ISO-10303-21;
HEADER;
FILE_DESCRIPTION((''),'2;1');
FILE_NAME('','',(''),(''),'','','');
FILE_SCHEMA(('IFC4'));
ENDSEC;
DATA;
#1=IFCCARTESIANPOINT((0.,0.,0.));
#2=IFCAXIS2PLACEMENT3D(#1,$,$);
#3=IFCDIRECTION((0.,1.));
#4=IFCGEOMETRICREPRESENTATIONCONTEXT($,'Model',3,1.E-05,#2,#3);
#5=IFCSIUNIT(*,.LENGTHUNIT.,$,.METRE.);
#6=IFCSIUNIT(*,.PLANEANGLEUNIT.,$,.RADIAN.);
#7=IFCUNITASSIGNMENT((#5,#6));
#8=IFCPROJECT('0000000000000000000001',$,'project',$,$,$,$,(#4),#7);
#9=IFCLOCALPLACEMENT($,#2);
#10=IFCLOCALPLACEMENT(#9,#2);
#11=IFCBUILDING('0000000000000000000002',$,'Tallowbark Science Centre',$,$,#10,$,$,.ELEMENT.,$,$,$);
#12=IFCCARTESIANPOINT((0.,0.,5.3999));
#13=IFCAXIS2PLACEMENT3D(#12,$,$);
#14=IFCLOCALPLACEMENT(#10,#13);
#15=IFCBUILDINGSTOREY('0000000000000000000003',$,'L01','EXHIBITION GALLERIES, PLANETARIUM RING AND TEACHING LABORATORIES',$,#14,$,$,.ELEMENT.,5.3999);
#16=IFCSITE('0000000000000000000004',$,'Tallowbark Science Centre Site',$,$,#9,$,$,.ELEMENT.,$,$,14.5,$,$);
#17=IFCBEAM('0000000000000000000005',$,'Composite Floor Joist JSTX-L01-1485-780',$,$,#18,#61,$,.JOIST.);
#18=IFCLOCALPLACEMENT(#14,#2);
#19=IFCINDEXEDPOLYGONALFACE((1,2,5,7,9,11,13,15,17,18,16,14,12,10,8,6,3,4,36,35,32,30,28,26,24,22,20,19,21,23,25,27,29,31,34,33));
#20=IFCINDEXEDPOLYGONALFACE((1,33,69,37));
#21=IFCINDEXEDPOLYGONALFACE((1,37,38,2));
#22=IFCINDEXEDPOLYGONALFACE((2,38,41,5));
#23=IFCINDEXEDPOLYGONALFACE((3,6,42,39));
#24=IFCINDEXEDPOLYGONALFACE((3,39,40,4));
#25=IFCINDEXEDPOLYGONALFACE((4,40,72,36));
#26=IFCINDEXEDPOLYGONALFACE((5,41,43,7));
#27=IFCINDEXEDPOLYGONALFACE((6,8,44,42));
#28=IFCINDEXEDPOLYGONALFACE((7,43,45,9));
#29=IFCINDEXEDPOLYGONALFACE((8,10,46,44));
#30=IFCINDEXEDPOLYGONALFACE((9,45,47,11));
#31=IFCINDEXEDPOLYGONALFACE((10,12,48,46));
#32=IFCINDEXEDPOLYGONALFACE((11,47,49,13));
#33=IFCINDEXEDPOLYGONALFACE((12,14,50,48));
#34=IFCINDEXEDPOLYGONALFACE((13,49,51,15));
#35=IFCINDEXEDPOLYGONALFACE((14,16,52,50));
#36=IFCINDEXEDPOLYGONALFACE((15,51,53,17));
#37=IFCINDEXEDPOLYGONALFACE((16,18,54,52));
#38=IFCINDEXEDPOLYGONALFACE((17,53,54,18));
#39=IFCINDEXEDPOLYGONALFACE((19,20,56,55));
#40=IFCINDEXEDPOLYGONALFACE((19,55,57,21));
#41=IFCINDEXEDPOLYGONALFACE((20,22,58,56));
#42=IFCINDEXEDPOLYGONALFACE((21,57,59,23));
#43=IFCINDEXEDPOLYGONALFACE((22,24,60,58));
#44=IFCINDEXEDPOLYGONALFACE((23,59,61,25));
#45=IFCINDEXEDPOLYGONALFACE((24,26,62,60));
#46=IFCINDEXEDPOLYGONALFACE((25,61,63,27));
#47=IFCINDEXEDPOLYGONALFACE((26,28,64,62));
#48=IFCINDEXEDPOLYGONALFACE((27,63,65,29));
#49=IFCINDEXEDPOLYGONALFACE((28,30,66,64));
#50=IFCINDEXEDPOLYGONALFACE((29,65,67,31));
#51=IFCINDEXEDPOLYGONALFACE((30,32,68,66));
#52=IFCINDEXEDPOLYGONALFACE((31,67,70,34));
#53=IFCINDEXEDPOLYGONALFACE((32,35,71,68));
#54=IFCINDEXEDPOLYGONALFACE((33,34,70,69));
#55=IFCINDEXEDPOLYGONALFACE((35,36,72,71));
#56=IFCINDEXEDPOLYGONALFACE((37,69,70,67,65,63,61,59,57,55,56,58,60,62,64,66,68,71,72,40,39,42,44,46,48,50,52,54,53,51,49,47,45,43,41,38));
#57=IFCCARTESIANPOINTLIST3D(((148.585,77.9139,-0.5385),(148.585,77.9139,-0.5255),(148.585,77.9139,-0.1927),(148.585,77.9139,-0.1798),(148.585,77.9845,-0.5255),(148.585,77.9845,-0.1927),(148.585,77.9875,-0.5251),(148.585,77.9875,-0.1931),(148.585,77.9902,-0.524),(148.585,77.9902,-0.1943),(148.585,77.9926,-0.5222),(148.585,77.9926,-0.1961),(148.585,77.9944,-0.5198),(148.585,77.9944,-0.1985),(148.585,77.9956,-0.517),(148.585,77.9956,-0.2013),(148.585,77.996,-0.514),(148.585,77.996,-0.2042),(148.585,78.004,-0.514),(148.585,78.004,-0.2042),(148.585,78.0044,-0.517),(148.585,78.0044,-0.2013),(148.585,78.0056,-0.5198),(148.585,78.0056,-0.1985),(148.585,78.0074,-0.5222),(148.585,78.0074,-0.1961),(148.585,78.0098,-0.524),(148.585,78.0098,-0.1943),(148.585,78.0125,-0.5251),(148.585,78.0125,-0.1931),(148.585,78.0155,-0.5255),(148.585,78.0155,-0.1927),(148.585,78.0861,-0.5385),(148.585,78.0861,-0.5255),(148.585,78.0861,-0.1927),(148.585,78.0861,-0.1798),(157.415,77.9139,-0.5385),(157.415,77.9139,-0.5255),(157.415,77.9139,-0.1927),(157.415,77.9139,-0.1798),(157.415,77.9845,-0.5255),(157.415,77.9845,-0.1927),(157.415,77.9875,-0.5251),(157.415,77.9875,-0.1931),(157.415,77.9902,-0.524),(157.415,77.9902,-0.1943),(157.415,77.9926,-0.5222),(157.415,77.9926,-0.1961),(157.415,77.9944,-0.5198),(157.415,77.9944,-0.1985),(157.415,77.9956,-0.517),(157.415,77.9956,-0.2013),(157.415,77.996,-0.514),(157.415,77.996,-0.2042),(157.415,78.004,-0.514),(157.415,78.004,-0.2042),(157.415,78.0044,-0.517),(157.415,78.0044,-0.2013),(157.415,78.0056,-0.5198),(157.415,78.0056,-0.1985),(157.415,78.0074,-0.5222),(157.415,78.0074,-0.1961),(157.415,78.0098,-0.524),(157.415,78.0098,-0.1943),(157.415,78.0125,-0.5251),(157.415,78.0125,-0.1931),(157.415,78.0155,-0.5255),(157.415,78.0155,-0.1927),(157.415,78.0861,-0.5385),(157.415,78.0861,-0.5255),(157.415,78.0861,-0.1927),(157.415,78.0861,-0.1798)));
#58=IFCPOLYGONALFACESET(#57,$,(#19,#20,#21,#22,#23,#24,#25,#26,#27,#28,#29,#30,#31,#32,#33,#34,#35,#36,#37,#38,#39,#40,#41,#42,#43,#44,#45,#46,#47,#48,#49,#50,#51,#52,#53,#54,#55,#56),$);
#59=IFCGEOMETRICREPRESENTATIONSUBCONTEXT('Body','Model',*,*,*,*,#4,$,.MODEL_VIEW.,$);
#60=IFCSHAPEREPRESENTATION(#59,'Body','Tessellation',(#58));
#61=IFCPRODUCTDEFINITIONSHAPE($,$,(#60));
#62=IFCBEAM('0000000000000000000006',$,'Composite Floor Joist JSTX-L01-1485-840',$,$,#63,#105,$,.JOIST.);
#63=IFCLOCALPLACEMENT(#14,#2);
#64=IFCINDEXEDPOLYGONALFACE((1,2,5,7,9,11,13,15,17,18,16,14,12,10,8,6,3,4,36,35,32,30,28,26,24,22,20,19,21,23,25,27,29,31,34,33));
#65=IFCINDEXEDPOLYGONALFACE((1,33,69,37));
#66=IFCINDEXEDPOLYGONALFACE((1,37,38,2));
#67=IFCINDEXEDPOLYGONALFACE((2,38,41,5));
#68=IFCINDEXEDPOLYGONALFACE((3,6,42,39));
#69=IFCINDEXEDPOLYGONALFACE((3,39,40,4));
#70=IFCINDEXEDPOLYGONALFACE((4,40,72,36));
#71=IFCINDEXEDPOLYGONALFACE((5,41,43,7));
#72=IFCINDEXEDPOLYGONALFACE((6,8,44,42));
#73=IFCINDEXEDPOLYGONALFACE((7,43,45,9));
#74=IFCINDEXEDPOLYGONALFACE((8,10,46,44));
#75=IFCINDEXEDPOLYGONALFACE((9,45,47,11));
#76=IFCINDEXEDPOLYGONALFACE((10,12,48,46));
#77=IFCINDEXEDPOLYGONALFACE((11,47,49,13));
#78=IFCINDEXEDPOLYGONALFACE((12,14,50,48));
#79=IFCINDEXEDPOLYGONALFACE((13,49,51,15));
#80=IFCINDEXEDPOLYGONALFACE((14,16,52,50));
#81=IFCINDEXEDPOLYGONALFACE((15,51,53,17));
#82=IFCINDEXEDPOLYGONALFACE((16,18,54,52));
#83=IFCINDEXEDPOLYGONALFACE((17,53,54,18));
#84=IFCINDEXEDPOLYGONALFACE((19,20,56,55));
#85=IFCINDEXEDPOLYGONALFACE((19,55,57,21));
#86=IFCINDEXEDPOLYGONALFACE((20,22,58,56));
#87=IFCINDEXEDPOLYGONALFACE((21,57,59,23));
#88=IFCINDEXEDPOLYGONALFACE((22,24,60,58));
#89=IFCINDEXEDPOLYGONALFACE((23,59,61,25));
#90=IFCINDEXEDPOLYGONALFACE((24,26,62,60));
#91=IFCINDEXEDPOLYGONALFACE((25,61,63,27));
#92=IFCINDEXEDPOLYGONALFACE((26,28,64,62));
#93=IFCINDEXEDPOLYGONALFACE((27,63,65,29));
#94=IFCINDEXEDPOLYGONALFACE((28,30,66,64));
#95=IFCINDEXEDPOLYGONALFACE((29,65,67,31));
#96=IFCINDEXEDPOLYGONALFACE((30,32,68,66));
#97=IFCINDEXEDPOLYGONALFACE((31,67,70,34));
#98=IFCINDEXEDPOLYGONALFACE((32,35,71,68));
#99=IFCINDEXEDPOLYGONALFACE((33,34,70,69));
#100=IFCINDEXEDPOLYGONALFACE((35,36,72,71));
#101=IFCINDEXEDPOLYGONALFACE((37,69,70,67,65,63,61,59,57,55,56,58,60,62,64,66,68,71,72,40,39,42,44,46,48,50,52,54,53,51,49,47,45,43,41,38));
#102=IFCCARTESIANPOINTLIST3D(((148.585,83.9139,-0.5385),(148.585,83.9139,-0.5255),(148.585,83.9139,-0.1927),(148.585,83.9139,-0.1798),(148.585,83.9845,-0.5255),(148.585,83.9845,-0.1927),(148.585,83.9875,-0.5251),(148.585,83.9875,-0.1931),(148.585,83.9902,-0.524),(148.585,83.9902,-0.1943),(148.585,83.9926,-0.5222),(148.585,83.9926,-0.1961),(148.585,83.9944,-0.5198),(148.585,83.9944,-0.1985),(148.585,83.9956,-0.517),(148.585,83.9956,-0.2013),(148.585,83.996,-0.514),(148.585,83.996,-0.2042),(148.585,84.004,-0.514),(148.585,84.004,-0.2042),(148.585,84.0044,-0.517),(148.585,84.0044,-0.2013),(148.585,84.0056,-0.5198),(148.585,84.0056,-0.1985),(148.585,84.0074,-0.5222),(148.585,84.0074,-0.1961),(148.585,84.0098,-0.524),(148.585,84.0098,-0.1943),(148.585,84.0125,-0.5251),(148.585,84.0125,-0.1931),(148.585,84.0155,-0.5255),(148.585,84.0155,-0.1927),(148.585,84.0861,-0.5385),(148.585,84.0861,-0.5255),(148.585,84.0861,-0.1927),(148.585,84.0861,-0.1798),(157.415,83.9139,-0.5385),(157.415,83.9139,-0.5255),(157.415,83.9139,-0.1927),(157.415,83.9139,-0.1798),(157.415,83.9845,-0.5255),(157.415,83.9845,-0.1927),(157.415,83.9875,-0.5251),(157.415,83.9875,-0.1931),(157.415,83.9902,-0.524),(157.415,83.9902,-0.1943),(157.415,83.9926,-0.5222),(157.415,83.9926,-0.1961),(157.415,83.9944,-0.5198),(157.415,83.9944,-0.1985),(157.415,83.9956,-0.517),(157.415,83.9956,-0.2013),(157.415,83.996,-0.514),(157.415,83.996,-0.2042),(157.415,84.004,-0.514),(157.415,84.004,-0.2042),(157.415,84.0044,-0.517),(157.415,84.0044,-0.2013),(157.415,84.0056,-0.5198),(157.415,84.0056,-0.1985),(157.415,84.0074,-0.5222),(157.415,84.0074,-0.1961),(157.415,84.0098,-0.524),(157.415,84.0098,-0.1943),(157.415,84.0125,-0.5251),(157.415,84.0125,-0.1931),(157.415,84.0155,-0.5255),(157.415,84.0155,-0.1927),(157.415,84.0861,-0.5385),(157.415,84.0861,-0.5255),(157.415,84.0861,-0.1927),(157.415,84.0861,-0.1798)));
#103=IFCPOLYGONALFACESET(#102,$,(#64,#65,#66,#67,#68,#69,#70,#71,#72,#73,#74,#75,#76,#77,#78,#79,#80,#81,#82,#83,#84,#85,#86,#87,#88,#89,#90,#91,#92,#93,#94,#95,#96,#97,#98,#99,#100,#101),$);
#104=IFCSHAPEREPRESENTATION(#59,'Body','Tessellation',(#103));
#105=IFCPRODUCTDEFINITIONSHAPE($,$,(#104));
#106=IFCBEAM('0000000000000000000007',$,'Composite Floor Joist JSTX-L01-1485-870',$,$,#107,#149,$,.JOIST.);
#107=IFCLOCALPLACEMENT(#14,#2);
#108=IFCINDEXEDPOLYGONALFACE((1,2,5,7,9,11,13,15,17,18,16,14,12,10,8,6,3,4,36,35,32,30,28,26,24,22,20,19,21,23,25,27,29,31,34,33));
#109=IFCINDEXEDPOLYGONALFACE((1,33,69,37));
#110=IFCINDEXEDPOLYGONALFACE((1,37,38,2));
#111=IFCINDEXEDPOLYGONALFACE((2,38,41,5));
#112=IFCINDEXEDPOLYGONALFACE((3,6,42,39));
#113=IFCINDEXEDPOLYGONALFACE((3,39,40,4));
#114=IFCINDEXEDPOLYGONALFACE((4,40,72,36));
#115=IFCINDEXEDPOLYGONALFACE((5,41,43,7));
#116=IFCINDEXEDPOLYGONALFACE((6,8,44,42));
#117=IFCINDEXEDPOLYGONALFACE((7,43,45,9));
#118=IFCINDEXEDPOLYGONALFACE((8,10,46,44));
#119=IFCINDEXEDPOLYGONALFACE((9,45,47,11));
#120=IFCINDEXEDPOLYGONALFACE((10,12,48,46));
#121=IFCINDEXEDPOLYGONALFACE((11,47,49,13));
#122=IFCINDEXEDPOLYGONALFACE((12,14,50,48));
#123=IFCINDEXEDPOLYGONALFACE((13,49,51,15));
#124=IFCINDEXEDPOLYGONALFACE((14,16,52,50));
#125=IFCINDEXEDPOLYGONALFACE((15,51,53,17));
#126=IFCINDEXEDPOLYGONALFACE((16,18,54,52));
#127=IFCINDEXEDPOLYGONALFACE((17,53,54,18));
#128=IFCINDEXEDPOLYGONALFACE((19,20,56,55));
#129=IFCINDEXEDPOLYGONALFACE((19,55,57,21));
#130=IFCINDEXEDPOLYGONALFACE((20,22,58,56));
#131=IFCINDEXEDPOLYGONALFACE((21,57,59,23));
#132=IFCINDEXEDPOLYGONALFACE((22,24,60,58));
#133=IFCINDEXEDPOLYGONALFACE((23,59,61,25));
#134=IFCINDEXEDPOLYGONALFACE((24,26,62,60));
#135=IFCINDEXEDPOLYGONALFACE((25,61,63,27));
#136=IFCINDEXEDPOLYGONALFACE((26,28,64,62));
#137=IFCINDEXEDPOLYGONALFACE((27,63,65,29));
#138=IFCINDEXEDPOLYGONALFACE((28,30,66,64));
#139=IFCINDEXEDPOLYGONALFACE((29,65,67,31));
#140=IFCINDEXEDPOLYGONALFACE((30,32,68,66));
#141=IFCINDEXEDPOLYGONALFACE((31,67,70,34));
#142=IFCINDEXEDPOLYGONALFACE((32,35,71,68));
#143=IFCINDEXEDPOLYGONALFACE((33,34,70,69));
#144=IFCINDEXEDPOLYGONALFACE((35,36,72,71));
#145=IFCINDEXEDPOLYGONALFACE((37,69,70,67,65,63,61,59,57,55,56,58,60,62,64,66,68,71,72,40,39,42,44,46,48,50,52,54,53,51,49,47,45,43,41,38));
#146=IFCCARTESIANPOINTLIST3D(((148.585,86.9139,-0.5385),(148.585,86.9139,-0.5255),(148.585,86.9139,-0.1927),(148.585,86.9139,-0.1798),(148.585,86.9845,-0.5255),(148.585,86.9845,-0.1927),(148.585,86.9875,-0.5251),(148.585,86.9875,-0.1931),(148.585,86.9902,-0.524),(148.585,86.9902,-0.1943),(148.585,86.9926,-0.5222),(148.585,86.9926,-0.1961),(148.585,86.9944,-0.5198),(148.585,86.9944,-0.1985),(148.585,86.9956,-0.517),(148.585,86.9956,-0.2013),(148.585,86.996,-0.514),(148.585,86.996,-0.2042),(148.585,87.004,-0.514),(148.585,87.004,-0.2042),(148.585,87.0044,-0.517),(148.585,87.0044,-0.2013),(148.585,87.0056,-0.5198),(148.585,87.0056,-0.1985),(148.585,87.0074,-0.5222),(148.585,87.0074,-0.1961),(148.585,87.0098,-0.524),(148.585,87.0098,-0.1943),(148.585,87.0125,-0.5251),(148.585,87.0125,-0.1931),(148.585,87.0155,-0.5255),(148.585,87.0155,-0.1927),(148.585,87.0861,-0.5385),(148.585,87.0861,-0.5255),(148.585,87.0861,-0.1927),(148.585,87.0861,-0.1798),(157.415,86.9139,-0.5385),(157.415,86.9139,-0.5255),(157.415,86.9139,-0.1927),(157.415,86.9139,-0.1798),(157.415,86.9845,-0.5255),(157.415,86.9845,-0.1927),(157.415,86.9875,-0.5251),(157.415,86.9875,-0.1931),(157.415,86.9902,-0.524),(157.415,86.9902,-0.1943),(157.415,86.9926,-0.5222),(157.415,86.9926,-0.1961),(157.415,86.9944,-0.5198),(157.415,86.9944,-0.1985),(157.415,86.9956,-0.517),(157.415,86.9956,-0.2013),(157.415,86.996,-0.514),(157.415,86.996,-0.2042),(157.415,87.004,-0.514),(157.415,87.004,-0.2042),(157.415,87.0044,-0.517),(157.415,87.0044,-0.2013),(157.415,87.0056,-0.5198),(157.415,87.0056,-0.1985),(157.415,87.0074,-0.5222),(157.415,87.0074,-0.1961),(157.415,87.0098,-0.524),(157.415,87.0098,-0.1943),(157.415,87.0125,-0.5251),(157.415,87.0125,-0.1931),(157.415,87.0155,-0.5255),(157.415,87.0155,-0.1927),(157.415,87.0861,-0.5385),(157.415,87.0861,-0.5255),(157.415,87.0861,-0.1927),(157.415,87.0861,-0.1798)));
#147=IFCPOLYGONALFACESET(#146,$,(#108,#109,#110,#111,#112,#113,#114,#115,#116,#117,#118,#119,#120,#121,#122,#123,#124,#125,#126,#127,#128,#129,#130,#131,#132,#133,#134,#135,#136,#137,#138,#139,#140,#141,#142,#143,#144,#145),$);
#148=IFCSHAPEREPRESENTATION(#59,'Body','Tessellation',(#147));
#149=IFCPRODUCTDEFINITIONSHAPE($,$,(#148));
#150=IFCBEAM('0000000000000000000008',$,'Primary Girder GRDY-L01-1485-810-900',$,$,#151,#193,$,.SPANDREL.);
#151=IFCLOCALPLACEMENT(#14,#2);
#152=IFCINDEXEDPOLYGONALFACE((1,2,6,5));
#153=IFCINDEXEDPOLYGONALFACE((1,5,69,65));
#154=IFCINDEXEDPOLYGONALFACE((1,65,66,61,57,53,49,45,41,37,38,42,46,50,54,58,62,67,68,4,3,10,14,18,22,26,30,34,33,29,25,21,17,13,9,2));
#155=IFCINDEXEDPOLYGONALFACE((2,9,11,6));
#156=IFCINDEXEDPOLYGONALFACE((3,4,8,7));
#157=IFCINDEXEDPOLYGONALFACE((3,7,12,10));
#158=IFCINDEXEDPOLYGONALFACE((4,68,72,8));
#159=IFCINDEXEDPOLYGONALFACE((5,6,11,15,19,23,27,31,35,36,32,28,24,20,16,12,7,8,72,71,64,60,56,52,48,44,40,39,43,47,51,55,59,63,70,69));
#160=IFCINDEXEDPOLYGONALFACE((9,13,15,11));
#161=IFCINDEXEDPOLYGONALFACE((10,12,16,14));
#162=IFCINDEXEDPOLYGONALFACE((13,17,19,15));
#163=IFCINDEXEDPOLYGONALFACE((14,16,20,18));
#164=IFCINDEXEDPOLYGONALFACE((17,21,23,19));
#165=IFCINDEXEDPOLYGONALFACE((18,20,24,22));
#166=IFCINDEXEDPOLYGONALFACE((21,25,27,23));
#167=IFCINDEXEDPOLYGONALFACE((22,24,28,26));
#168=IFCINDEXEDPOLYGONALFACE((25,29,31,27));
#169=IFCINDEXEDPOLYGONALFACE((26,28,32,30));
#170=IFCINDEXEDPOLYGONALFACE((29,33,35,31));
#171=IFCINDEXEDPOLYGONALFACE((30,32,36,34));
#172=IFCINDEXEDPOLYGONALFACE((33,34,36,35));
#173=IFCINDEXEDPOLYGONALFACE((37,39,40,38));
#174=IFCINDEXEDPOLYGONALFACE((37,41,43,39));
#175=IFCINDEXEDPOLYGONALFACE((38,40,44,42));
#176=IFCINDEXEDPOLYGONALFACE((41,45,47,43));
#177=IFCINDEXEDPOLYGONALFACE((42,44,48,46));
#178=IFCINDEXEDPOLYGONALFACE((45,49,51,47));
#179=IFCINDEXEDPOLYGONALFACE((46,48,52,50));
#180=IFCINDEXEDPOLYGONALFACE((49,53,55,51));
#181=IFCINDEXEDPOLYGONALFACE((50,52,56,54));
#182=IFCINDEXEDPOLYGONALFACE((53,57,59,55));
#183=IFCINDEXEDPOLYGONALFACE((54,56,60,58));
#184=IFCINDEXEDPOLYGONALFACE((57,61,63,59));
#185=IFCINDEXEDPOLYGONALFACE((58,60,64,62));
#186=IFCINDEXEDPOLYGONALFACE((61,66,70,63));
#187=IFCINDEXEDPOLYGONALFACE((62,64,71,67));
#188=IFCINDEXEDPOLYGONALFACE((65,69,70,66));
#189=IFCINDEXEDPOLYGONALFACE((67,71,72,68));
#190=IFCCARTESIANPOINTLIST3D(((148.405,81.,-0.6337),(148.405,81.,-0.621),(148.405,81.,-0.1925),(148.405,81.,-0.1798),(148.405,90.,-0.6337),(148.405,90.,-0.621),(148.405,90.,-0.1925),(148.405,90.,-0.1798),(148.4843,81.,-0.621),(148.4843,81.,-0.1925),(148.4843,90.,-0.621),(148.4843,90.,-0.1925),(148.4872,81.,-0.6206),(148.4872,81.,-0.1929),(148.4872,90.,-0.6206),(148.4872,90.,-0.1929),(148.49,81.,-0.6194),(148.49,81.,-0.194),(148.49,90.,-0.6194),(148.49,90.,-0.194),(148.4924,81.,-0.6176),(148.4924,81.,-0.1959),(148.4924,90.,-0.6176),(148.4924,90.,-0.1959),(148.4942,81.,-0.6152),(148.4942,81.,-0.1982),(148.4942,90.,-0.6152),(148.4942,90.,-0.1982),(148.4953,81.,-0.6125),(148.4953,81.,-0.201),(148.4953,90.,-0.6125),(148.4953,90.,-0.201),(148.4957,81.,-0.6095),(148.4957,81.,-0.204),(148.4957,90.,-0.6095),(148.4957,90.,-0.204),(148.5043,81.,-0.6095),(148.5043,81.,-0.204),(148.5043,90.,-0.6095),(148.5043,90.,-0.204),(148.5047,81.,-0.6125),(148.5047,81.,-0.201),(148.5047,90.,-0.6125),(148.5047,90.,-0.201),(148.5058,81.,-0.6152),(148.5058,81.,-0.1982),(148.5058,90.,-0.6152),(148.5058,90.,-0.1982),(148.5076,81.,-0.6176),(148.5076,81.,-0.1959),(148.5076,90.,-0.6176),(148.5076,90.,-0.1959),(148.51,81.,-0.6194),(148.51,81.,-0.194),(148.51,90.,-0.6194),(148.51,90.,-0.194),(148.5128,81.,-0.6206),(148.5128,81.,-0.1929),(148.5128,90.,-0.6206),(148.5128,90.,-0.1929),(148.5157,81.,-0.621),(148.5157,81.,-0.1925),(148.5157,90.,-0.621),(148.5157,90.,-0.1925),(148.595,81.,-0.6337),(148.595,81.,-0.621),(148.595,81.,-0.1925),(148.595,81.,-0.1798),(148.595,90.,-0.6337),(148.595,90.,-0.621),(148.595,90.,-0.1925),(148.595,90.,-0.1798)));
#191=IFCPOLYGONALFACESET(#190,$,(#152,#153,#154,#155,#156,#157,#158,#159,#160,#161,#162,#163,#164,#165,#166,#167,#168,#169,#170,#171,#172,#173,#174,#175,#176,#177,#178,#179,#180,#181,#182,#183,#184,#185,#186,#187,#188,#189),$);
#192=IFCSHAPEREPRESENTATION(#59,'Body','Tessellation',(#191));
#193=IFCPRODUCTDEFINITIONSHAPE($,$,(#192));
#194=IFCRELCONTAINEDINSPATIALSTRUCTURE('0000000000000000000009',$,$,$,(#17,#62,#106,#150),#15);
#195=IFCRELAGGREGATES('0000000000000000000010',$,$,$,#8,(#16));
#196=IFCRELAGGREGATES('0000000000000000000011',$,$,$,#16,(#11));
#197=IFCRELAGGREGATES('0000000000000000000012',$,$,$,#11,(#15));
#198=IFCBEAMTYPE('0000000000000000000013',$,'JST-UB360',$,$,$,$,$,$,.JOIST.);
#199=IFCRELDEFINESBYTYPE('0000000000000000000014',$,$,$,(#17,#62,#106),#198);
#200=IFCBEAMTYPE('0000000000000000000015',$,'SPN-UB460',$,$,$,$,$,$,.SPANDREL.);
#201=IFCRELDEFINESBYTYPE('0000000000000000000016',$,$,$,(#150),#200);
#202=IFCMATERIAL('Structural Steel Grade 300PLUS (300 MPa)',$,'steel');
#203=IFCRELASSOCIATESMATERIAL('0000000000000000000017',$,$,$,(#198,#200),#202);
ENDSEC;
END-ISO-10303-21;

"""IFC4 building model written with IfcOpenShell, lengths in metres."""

from ifc_helpers import new_model, si_unit, direction, frame, origin, origin_2d, place, context, subcontext, project, spatial, i_section, extrude, material, material_profile, profile_set, type_object, element, save


model = new_model("IFC4")

# Units and contexts
model_context = context("Model", 3, precision=1e-05, world=origin(), true_north=direction((0.0, 1.0)))
body_context = subcontext(model_context, "Body", "Model", "MODEL_VIEW")
ifc_project = project(units=[si_unit("LENGTHUNIT", "METRE"), si_unit("PLANEANGLEUNIT", "RADIAN")], contexts=[model_context])

# Site, building, storey
site_placement = place(None, origin())
site = spatial("IfcSite", under=ifc_project, at=site_placement, Name="Tallowbark Science Centre Site", CompositionType="ELEMENT", RefElevation=14.5)
building_placement = place(site_placement, origin())
building = spatial("IfcBuilding", under=site, at=building_placement, Name="Tallowbark Science Centre", CompositionType="ELEMENT")
storey_placement = place(building_placement, frame((0.0, 0.0, 5.3999)))
storey = spatial("IfcBuildingStorey", under=building, at=storey_placement, Name="L01", Description="EXHIBITION GALLERIES, PLANETARIUM RING AND TEACHING LABORATORIES", CompositionType="ELEMENT", Elevation=5.3999)

# Beams
ifc_material_1 = material(Name="Structural Steel Grade 300PLUS (300 MPa)", Category="steel")
ifc_material_profile_1 = material_profile(ifc_material_1, i_section(OverallWidth=0.1721, OverallDepth=0.3586, WebThickness=0.0081, FlangeThickness=0.0129, FilletRadius=0.0115, at=origin_2d()), Name="360UB56.7")
ifc_profile_set_1 = profile_set([ifc_material_profile_1], Name="Structural Steel Grade 300PLUS (300 MPa)")
beam_type_1 = type_object("IfcBeamType", Name="JST-UB360", PredefinedType="JOIST", material=ifc_profile_set_1)
for number, where, z_axis, x_axis, name in (
    (1, (148.585, 78.0, -0.3591), (1.0, 0.0, 0.0), (0.0, 1.0, 0.0), "Composite Floor Joist JSTX-L01-1485-780"),
    (2, (148.585, 84.0, -0.3591), (1.0, 0.0, 0.0), (0.0, 1.0, 0.0), "Composite Floor Joist JSTX-L01-1485-840"),
    (3, (148.585, 87.0, -0.3591), (1.0, 0.0, 0.0), (0.0, 1.0, 0.0), "Composite Floor Joist JSTX-L01-1485-870"),
):
    element("IfcBeam", number, at=place(storey_placement, frame(where, z_axis=z_axis, x_axis=x_axis)), inside=storey, type_object=beam_type_1, Name=name, PredefinedType="JOIST", context=body_context, shape_type="SweptSolid", body=[
        extrude(i_section(OverallWidth=0.1721, OverallDepth=0.3586, WebThickness=0.0081, FlangeThickness=0.0129, FilletRadius=0.0115, at=origin_2d()), origin(), (0.0, 0.0, 1.0), 8.8301),
    ])
ifc_material_profile_2 = material_profile(ifc_material_1, i_section(OverallWidth=0.1899, OverallDepth=0.4539, WebThickness=0.0085, FlangeThickness=0.0127, FilletRadius=0.0115, at=origin_2d()), Name="460UB67.1")
ifc_profile_set_2 = profile_set([ifc_material_profile_2], Name="Structural Steel Grade 300PLUS (300 MPa)")
beam_type_2 = type_object("IfcBeamType", Name="SPN-UB460", PredefinedType="SPANDREL", material=ifc_profile_set_2)
beam_placement = place(storey_placement, frame((148.5, 81.0, -0.4067), z_axis=(0.0, 1.0, 0.0), x_axis=(-1.0, 0.0, 0.0)))
element("IfcBeam", 4, at=beam_placement, inside=storey, type_object=beam_type_2, Name="Primary Girder GRDY-L01-1485-810-900", PredefinedType="SPANDREL", context=body_context, shape_type="SweptSolid", body=[
    extrude(i_section(OverallWidth=0.1899, OverallDepth=0.4539, WebThickness=0.0085, FlangeThickness=0.0127, FilletRadius=0.0115, at=origin_2d()), origin(), (0.0, 0.0, 1.0), 9.0),
])

save(model, "model.ifc")
